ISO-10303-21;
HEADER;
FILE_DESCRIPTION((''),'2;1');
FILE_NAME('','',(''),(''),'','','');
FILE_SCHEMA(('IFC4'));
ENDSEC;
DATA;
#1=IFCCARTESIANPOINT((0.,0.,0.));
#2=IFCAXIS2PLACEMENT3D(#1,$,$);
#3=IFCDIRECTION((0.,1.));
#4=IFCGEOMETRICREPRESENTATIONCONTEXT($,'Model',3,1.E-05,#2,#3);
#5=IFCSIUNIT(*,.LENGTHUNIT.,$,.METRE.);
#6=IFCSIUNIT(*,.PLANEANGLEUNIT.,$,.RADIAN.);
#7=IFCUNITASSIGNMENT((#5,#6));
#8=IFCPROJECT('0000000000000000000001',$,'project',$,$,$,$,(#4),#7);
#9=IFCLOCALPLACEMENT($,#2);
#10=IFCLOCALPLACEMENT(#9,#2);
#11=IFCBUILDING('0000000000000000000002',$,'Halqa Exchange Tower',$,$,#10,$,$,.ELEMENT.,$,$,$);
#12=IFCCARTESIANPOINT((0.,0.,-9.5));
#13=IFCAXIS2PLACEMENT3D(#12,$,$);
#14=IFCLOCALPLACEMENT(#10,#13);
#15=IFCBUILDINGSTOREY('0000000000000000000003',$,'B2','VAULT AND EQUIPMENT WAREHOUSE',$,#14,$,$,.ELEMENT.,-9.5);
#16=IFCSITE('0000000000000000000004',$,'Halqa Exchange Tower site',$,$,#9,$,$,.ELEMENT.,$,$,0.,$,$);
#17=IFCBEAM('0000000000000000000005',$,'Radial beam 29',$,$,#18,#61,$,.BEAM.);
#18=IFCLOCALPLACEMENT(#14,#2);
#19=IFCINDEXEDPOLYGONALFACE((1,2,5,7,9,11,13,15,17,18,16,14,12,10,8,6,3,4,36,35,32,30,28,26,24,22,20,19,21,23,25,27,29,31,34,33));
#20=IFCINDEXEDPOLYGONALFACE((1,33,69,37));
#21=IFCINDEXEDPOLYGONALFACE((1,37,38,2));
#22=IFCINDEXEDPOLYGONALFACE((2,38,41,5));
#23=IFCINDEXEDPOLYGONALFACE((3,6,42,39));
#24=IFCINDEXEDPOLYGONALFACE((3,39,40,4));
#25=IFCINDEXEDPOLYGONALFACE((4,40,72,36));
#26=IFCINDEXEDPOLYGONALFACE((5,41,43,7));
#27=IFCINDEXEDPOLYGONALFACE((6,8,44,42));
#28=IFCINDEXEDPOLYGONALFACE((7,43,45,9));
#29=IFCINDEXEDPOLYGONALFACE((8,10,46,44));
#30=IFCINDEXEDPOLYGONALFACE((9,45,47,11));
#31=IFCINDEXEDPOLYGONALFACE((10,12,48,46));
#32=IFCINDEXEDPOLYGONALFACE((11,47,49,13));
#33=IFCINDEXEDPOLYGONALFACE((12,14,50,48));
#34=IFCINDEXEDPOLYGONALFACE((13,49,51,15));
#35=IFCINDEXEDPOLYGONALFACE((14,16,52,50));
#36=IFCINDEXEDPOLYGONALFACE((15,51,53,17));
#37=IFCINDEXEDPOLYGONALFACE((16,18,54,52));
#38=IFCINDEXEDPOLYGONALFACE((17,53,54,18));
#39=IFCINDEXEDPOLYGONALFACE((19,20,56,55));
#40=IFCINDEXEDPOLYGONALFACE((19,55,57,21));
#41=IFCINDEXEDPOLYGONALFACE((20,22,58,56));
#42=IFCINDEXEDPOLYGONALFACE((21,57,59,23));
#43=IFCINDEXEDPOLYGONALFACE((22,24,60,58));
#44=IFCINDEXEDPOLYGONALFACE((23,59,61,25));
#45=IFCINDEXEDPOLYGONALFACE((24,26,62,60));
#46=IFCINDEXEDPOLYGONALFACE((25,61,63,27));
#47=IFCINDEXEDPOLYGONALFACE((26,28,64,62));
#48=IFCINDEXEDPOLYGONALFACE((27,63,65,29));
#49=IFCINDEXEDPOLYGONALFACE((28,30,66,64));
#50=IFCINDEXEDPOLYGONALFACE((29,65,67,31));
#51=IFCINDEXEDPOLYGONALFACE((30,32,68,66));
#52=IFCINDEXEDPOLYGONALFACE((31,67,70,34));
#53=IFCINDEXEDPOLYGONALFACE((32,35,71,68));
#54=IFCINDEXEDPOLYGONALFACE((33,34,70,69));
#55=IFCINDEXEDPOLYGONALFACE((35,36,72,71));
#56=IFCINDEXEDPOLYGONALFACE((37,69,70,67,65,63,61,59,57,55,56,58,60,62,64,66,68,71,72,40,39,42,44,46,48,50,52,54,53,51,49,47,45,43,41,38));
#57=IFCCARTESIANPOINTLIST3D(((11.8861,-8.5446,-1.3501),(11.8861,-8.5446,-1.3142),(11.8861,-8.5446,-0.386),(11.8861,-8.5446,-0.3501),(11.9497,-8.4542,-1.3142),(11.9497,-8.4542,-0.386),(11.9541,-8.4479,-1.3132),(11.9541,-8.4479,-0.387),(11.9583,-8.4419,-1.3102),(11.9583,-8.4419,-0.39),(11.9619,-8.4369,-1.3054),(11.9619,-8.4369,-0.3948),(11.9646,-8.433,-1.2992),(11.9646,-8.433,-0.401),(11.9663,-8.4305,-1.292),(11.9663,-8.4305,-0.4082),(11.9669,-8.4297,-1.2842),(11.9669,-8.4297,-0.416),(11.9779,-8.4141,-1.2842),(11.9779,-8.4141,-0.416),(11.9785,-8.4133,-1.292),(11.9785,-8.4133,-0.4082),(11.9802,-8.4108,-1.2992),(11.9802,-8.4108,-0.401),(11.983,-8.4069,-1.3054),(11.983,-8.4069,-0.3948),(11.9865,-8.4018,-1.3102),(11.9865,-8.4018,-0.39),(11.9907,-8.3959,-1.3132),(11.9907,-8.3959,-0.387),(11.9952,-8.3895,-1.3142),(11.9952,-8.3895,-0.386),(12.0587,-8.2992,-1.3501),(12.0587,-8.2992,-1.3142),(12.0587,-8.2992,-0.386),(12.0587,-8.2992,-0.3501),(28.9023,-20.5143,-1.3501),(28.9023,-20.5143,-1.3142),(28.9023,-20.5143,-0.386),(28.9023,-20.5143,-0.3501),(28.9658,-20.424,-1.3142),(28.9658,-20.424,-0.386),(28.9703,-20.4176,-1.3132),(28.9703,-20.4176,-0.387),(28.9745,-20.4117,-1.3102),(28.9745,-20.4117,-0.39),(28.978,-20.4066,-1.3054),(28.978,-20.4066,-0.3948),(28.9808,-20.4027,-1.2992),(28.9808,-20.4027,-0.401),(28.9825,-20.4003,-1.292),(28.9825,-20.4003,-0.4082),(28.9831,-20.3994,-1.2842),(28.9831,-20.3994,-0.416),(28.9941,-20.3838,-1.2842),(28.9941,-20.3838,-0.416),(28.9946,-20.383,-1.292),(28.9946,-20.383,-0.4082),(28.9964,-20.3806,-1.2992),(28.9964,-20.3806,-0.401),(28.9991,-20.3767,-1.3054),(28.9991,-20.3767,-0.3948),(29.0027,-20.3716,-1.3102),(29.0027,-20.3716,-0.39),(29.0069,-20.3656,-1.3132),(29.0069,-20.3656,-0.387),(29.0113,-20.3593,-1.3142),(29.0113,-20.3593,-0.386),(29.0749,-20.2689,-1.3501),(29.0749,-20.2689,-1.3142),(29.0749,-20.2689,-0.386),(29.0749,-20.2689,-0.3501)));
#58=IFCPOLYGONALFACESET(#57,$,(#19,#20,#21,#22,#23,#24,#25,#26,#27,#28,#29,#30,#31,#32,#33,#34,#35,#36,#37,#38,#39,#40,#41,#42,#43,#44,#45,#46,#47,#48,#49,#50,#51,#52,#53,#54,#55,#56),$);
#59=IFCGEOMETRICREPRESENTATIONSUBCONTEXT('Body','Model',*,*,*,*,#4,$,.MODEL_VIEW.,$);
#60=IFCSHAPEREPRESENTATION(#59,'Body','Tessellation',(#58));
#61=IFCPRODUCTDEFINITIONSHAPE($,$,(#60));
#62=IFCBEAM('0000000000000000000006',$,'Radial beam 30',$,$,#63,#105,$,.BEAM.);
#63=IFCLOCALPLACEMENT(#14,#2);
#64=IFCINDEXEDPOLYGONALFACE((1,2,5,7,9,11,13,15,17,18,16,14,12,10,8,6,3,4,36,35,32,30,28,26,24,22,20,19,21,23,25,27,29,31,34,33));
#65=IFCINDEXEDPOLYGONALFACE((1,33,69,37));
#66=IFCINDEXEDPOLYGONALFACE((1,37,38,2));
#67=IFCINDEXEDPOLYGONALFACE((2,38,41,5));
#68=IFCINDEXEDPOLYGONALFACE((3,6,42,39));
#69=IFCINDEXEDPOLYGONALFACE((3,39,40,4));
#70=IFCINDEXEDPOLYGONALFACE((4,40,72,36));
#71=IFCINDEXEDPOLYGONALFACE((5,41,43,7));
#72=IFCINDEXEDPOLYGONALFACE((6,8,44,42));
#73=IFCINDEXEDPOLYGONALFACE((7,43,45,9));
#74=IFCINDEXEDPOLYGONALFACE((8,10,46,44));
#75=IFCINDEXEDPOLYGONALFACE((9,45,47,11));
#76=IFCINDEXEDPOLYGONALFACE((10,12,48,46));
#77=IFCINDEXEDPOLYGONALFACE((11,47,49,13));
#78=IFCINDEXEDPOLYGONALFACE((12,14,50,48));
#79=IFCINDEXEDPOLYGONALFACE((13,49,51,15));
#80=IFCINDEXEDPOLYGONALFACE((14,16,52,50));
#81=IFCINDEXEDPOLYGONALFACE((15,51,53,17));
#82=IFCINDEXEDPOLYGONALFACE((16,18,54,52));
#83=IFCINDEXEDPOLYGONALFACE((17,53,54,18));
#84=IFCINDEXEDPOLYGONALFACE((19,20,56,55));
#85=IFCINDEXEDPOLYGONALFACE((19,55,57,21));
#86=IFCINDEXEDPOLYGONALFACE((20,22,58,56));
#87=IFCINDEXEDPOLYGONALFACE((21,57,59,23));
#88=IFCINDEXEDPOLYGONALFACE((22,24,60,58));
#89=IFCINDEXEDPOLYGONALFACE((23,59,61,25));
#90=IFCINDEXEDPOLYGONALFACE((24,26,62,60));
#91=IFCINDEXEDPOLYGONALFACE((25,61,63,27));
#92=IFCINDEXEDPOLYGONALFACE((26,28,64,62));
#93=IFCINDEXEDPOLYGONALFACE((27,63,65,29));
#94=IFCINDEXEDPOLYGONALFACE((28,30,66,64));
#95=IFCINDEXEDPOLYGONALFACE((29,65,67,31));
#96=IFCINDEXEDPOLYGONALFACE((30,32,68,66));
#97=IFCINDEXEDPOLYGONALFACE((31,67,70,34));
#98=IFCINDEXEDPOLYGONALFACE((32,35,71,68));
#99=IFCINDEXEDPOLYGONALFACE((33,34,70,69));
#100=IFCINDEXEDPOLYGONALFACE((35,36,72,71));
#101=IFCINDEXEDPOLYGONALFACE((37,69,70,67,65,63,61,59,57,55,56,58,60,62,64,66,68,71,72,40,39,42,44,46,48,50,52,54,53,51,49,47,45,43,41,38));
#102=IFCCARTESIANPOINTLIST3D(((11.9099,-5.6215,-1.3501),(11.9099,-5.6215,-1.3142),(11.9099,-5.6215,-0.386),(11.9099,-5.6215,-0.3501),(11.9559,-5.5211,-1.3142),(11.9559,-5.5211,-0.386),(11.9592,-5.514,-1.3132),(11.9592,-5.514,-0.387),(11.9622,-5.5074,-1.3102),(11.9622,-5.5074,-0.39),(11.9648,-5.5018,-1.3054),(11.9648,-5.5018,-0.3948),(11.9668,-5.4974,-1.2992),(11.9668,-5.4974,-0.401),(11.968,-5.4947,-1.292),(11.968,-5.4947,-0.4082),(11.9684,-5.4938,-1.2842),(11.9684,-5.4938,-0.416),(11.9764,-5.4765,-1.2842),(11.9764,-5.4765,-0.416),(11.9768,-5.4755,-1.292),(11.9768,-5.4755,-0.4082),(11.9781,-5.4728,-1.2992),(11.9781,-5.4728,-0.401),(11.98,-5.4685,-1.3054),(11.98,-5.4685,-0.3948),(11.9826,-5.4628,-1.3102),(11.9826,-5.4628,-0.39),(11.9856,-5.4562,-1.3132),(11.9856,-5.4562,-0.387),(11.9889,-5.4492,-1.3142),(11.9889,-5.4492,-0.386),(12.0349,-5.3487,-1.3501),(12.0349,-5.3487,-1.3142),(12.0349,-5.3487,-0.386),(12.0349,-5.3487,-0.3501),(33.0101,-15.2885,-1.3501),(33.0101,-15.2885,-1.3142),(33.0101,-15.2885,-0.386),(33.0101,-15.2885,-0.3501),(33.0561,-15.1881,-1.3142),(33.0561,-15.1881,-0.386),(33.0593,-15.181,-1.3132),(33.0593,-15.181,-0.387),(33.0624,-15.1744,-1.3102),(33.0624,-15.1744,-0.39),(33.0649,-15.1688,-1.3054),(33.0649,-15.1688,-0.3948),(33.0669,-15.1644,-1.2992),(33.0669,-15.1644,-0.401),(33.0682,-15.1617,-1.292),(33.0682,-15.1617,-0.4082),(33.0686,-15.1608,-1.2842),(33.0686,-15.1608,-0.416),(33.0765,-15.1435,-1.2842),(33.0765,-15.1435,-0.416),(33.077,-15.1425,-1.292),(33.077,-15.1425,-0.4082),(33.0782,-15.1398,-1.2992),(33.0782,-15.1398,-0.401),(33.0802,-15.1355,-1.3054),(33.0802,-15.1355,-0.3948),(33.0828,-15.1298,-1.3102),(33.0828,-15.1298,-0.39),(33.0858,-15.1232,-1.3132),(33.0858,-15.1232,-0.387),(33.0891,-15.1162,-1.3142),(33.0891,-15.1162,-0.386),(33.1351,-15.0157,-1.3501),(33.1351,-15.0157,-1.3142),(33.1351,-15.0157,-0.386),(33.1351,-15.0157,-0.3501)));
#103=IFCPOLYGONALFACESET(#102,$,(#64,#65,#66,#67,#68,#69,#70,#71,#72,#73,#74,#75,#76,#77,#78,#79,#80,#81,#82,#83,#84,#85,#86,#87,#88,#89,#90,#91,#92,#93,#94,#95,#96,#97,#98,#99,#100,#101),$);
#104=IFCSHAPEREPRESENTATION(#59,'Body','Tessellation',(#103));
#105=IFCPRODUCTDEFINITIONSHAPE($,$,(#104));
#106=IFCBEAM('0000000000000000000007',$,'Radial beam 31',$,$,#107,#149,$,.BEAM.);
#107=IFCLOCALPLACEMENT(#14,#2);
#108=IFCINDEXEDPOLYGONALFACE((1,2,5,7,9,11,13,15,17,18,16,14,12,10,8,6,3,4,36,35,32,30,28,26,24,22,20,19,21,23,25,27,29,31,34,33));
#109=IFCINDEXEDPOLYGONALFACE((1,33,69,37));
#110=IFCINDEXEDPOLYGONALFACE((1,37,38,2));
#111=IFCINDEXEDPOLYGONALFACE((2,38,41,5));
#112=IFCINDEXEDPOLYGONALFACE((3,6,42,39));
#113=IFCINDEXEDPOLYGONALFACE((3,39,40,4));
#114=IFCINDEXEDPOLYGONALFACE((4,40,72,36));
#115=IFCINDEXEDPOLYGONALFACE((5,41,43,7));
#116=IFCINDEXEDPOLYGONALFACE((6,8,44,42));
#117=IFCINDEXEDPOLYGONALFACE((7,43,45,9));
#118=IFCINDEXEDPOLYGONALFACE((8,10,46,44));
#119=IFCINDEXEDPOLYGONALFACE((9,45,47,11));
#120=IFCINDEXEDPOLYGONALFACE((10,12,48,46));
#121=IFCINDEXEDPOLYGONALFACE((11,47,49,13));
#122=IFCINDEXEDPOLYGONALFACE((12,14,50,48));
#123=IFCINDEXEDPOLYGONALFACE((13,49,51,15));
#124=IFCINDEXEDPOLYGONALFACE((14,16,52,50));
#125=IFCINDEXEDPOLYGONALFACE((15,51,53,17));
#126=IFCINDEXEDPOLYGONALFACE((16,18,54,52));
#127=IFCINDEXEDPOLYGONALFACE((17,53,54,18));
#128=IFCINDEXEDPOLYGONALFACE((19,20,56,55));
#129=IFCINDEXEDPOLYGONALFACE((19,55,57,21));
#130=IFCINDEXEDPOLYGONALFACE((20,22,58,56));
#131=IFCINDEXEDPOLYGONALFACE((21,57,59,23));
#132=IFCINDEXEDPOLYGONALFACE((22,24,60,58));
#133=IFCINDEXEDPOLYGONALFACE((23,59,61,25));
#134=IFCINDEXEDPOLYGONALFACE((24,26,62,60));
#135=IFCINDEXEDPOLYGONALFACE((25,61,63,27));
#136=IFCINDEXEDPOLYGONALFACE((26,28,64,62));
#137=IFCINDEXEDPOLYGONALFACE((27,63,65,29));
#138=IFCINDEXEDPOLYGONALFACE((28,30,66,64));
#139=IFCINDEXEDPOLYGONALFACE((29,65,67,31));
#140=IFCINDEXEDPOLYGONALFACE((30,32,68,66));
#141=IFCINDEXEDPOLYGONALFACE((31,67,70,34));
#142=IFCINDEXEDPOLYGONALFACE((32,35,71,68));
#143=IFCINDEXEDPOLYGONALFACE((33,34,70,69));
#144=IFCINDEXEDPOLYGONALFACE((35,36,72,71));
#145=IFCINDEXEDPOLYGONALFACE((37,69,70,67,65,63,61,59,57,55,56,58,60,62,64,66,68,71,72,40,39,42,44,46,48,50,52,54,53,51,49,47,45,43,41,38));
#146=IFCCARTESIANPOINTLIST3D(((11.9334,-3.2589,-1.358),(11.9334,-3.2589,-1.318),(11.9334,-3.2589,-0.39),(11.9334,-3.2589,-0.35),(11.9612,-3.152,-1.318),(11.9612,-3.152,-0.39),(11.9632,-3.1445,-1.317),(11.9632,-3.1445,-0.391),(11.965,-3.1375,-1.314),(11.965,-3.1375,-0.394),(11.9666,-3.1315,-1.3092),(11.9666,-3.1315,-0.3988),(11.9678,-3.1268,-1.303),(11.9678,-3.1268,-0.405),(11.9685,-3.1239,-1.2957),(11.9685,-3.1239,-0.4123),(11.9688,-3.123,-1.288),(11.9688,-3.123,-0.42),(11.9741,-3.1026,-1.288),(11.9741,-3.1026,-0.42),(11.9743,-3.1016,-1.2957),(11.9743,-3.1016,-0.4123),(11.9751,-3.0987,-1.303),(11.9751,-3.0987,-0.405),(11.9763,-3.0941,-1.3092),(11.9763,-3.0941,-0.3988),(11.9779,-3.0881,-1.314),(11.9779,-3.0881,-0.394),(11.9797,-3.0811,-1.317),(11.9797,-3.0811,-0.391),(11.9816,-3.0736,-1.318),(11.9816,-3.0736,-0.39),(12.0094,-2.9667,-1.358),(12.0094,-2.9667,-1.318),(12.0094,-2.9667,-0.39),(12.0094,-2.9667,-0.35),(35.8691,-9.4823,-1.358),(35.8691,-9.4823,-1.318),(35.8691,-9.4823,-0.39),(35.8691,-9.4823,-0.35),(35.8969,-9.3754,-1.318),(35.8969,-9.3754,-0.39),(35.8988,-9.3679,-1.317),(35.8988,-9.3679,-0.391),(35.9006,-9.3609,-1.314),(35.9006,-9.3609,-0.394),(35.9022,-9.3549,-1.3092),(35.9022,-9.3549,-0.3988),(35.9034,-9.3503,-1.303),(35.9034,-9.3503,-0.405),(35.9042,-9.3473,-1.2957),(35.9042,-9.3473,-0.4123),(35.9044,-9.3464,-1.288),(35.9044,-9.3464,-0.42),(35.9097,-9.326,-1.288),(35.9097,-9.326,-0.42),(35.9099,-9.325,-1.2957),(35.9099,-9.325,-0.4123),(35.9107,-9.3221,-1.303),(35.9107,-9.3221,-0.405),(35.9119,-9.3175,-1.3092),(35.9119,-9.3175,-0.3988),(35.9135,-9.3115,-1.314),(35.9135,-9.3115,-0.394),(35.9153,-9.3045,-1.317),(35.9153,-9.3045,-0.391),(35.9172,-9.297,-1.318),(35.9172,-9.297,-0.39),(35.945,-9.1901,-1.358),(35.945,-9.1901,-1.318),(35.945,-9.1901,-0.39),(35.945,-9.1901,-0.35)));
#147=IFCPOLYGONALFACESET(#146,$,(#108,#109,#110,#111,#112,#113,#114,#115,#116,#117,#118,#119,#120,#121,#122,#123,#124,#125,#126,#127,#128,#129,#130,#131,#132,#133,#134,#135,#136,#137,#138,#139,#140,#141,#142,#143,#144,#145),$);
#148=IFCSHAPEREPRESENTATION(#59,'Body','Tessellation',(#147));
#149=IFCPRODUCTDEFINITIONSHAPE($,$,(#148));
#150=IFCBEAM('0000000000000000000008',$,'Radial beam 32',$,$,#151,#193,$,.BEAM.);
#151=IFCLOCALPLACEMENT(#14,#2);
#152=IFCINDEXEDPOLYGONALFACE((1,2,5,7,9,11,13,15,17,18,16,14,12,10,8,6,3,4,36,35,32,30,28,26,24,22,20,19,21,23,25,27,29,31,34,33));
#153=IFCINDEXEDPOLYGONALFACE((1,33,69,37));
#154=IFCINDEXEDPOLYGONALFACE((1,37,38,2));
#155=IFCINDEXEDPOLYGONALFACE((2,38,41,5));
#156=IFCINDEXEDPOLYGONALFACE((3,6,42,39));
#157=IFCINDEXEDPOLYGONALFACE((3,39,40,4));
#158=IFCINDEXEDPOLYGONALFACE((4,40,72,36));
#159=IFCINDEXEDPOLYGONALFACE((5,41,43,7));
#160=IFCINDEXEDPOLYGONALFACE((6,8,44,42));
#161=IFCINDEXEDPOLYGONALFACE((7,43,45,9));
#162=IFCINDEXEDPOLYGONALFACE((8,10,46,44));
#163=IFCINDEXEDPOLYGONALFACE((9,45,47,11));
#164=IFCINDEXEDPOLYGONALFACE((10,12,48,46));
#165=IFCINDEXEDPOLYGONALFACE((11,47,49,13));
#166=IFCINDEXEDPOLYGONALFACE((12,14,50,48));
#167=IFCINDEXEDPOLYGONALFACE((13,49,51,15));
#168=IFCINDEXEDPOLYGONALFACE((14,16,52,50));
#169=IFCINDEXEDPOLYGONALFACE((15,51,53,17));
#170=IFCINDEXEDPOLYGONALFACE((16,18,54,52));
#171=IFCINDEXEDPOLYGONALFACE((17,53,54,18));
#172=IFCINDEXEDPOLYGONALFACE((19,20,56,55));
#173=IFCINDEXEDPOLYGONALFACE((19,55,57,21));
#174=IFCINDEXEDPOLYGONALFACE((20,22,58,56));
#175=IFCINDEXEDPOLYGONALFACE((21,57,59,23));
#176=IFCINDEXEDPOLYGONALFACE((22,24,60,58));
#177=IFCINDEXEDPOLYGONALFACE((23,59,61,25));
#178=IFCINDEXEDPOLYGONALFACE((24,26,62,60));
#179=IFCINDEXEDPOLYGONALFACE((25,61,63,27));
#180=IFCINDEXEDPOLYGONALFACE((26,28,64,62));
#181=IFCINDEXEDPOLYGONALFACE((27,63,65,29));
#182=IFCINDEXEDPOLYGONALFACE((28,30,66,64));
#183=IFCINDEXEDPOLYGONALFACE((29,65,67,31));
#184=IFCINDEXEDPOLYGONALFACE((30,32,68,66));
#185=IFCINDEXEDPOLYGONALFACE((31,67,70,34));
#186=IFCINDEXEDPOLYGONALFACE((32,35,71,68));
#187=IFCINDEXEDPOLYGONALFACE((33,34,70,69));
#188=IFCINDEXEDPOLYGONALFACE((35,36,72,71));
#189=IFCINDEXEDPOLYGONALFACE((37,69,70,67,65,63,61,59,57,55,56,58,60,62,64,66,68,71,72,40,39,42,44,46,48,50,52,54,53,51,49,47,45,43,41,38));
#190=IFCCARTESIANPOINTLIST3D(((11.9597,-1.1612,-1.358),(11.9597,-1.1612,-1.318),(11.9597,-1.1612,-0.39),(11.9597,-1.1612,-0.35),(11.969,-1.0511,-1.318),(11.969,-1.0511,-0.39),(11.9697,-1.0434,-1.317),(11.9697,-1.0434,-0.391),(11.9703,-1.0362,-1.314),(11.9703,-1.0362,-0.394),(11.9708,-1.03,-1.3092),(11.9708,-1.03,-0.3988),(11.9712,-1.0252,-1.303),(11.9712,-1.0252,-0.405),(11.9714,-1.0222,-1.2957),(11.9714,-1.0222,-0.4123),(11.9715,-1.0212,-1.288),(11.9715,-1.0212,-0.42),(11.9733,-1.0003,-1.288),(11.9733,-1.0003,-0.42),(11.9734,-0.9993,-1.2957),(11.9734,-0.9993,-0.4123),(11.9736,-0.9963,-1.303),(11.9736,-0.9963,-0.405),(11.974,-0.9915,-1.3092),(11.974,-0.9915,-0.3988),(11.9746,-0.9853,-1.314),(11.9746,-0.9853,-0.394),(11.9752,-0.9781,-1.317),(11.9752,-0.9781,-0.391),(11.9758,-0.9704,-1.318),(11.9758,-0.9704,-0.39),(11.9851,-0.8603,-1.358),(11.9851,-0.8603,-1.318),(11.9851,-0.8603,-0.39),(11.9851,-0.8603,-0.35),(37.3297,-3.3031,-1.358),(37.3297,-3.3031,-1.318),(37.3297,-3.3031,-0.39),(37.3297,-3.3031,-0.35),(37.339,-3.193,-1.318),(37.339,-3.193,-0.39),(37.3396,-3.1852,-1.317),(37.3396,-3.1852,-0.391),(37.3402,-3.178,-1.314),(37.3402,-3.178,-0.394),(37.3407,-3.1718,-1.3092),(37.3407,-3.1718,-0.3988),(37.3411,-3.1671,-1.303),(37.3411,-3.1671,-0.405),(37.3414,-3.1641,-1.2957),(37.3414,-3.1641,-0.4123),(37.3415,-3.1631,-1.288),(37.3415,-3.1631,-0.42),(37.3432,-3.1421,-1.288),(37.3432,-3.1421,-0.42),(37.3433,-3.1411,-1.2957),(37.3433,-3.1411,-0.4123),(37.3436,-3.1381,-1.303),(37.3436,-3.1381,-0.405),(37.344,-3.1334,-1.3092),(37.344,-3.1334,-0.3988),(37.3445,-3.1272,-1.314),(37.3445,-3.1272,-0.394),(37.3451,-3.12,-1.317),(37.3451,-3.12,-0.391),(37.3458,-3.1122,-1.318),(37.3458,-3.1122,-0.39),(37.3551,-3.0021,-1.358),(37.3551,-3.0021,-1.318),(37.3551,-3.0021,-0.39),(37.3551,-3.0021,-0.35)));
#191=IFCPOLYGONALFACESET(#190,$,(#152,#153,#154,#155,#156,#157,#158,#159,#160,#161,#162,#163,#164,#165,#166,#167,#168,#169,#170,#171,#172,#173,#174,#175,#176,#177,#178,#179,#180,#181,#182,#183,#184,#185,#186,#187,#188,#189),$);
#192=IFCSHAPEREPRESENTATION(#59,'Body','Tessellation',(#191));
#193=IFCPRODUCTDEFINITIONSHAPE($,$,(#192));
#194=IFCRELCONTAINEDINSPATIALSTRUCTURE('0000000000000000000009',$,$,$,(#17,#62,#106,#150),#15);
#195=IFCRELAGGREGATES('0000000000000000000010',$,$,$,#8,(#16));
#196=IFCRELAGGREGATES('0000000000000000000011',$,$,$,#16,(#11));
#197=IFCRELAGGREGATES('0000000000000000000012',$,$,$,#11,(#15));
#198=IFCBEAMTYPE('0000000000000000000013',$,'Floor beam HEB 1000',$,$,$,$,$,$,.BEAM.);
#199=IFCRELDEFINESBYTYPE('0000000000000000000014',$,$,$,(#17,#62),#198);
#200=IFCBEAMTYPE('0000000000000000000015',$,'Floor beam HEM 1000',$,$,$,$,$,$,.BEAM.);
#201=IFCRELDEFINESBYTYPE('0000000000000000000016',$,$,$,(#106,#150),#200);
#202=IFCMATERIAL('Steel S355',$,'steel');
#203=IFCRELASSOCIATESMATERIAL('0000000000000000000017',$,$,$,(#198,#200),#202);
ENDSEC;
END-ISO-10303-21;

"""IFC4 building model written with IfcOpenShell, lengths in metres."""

from ifc_helpers import new_model, si_unit, direction, frame, origin, origin_2d, place, context, subcontext, project, spatial, i_section, extrude, material, material_profile, profile_set, type_object, element, save


model = new_model("IFC4")

# Units and contexts
model_context = context("Model", 3, precision=1e-05, world=origin(), true_north=direction((0.0, 1.0)))
body_context = subcontext(model_context, "Body", "Model", "MODEL_VIEW")
ifc_project = project(units=[si_unit("LENGTHUNIT", "METRE"), si_unit("PLANEANGLEUNIT", "RADIAN")], contexts=[model_context])

# Site, building, storey
site_placement = place(None, origin())
site = spatial("IfcSite", under=ifc_project, at=site_placement, Name="Halqa Exchange Tower site", CompositionType="ELEMENT", RefElevation=0.0)
building_placement = place(site_placement, origin())
building = spatial("IfcBuilding", under=site, at=building_placement, Name="Halqa Exchange Tower", CompositionType="ELEMENT")
storey_placement = place(building_placement, frame((0.0, 0.0, -9.5)))
storey = spatial("IfcBuildingStorey", under=building, at=storey_placement, Name="B2", Description="VAULT AND EQUIPMENT WAREHOUSE", CompositionType="ELEMENT", Elevation=-9.5)

# Beams
ifc_material_1 = material(Name="Steel S355", Category="steel")
ifc_material_profile_1 = material_profile(ifc_material_1, i_section(OverallWidth=0.3, OverallDepth=1.0, WebThickness=0.019, FlangeThickness=0.0359, FilletRadius=0.03, at=origin_2d()), Name="HEB 1000")
ifc_profile_set_1 = profile_set([ifc_material_profile_1], Name="Steel S355")
beam_type_1 = type_object("IfcBeamType", Name="Floor beam HEB 1000", PredefinedType="BEAM", material=ifc_profile_set_1)
beam_1_placement = place(storey_placement, frame((11.9724, -8.4219, -0.8501), z_axis=(0.81791, -0.575346, 0.0), x_axis=(0.575346, 0.81791, 0.0)))
element("IfcBeam", 1, at=beam_1_placement, inside=storey, type_object=beam_type_1, Name="Radial beam 29", PredefinedType="BEAM", context=body_context, shape_type="SweptSolid", body=[
    extrude(i_section(OverallWidth=0.3, OverallDepth=1.0, WebThickness=0.019, FlangeThickness=0.0359, FilletRadius=0.03, at=origin_2d()), origin(), (0.0, 0.0, 1.0), 20.8044),
])
beam_2_placement = place(storey_placement, frame((11.9724, -5.4851, -0.8501), z_axis=(0.909128, -0.416516, 0.0), x_axis=(0.416516, 0.909128, 0.0)))
element("IfcBeam", 2, at=beam_2_placement, inside=storey, type_object=beam_type_1, Name="Radial beam 30", PredefinedType="BEAM", context=body_context, shape_type="SweptSolid", body=[
    extrude(i_section(OverallWidth=0.3, OverallDepth=1.0, WebThickness=0.019, FlangeThickness=0.0359, FilletRadius=0.03, at=origin_2d()), origin(), (0.0, 0.0, 1.0), 23.2092),
])
ifc_material_profile_2 = material_profile(ifc_material_1, i_section(OverallWidth=0.302, OverallDepth=1.0081, WebThickness=0.021, FlangeThickness=0.04, FilletRadius=0.03, at=origin_2d()), Name="HEM 1000")
ifc_profile_set_2 = profile_set([ifc_material_profile_2], Name="Steel S355")
beam_type_2 = type_object("IfcBeamType", Name="Floor beam HEM 1000", PredefinedType="BEAM", material=ifc_profile_set_2)
beam_3_placement = place(storey_placement, frame((11.9714, -3.1128, -0.854), z_axis=(0.967821, -0.251639, 0.0), x_axis=(0.251639, 0.967821, 0.0)))
element("IfcBeam", 3, at=beam_3_placement, inside=storey, type_object=beam_type_2, Name="Radial beam 31", PredefinedType="BEAM", context=body_context, shape_type="SweptSolid", body=[
    extrude(i_section(OverallWidth=0.302, OverallDepth=1.0081, WebThickness=0.021, FlangeThickness=0.04, FilletRadius=0.03, at=origin_2d()), origin(), (0.0, 0.0, 1.0), 24.7314),
])
beam_4_placement = place(storey_placement, frame((11.9724, -1.0107, -0.854), z_axis=(0.996455, -0.084125, 0.0), x_axis=(0.084125, 0.996455, 0.0)))
element("IfcBeam", 4, at=beam_4_placement, inside=storey, type_object=beam_type_2, Name="Radial beam 32", PredefinedType="BEAM", context=body_context, shape_type="SweptSolid", body=[
    extrude(i_section(OverallWidth=0.302, OverallDepth=1.0081, WebThickness=0.021, FlangeThickness=0.04, FilletRadius=0.03, at=origin_2d()), origin(), (0.0, 0.0, 1.0), 25.4602),
])

save(model, "model.ifc")
